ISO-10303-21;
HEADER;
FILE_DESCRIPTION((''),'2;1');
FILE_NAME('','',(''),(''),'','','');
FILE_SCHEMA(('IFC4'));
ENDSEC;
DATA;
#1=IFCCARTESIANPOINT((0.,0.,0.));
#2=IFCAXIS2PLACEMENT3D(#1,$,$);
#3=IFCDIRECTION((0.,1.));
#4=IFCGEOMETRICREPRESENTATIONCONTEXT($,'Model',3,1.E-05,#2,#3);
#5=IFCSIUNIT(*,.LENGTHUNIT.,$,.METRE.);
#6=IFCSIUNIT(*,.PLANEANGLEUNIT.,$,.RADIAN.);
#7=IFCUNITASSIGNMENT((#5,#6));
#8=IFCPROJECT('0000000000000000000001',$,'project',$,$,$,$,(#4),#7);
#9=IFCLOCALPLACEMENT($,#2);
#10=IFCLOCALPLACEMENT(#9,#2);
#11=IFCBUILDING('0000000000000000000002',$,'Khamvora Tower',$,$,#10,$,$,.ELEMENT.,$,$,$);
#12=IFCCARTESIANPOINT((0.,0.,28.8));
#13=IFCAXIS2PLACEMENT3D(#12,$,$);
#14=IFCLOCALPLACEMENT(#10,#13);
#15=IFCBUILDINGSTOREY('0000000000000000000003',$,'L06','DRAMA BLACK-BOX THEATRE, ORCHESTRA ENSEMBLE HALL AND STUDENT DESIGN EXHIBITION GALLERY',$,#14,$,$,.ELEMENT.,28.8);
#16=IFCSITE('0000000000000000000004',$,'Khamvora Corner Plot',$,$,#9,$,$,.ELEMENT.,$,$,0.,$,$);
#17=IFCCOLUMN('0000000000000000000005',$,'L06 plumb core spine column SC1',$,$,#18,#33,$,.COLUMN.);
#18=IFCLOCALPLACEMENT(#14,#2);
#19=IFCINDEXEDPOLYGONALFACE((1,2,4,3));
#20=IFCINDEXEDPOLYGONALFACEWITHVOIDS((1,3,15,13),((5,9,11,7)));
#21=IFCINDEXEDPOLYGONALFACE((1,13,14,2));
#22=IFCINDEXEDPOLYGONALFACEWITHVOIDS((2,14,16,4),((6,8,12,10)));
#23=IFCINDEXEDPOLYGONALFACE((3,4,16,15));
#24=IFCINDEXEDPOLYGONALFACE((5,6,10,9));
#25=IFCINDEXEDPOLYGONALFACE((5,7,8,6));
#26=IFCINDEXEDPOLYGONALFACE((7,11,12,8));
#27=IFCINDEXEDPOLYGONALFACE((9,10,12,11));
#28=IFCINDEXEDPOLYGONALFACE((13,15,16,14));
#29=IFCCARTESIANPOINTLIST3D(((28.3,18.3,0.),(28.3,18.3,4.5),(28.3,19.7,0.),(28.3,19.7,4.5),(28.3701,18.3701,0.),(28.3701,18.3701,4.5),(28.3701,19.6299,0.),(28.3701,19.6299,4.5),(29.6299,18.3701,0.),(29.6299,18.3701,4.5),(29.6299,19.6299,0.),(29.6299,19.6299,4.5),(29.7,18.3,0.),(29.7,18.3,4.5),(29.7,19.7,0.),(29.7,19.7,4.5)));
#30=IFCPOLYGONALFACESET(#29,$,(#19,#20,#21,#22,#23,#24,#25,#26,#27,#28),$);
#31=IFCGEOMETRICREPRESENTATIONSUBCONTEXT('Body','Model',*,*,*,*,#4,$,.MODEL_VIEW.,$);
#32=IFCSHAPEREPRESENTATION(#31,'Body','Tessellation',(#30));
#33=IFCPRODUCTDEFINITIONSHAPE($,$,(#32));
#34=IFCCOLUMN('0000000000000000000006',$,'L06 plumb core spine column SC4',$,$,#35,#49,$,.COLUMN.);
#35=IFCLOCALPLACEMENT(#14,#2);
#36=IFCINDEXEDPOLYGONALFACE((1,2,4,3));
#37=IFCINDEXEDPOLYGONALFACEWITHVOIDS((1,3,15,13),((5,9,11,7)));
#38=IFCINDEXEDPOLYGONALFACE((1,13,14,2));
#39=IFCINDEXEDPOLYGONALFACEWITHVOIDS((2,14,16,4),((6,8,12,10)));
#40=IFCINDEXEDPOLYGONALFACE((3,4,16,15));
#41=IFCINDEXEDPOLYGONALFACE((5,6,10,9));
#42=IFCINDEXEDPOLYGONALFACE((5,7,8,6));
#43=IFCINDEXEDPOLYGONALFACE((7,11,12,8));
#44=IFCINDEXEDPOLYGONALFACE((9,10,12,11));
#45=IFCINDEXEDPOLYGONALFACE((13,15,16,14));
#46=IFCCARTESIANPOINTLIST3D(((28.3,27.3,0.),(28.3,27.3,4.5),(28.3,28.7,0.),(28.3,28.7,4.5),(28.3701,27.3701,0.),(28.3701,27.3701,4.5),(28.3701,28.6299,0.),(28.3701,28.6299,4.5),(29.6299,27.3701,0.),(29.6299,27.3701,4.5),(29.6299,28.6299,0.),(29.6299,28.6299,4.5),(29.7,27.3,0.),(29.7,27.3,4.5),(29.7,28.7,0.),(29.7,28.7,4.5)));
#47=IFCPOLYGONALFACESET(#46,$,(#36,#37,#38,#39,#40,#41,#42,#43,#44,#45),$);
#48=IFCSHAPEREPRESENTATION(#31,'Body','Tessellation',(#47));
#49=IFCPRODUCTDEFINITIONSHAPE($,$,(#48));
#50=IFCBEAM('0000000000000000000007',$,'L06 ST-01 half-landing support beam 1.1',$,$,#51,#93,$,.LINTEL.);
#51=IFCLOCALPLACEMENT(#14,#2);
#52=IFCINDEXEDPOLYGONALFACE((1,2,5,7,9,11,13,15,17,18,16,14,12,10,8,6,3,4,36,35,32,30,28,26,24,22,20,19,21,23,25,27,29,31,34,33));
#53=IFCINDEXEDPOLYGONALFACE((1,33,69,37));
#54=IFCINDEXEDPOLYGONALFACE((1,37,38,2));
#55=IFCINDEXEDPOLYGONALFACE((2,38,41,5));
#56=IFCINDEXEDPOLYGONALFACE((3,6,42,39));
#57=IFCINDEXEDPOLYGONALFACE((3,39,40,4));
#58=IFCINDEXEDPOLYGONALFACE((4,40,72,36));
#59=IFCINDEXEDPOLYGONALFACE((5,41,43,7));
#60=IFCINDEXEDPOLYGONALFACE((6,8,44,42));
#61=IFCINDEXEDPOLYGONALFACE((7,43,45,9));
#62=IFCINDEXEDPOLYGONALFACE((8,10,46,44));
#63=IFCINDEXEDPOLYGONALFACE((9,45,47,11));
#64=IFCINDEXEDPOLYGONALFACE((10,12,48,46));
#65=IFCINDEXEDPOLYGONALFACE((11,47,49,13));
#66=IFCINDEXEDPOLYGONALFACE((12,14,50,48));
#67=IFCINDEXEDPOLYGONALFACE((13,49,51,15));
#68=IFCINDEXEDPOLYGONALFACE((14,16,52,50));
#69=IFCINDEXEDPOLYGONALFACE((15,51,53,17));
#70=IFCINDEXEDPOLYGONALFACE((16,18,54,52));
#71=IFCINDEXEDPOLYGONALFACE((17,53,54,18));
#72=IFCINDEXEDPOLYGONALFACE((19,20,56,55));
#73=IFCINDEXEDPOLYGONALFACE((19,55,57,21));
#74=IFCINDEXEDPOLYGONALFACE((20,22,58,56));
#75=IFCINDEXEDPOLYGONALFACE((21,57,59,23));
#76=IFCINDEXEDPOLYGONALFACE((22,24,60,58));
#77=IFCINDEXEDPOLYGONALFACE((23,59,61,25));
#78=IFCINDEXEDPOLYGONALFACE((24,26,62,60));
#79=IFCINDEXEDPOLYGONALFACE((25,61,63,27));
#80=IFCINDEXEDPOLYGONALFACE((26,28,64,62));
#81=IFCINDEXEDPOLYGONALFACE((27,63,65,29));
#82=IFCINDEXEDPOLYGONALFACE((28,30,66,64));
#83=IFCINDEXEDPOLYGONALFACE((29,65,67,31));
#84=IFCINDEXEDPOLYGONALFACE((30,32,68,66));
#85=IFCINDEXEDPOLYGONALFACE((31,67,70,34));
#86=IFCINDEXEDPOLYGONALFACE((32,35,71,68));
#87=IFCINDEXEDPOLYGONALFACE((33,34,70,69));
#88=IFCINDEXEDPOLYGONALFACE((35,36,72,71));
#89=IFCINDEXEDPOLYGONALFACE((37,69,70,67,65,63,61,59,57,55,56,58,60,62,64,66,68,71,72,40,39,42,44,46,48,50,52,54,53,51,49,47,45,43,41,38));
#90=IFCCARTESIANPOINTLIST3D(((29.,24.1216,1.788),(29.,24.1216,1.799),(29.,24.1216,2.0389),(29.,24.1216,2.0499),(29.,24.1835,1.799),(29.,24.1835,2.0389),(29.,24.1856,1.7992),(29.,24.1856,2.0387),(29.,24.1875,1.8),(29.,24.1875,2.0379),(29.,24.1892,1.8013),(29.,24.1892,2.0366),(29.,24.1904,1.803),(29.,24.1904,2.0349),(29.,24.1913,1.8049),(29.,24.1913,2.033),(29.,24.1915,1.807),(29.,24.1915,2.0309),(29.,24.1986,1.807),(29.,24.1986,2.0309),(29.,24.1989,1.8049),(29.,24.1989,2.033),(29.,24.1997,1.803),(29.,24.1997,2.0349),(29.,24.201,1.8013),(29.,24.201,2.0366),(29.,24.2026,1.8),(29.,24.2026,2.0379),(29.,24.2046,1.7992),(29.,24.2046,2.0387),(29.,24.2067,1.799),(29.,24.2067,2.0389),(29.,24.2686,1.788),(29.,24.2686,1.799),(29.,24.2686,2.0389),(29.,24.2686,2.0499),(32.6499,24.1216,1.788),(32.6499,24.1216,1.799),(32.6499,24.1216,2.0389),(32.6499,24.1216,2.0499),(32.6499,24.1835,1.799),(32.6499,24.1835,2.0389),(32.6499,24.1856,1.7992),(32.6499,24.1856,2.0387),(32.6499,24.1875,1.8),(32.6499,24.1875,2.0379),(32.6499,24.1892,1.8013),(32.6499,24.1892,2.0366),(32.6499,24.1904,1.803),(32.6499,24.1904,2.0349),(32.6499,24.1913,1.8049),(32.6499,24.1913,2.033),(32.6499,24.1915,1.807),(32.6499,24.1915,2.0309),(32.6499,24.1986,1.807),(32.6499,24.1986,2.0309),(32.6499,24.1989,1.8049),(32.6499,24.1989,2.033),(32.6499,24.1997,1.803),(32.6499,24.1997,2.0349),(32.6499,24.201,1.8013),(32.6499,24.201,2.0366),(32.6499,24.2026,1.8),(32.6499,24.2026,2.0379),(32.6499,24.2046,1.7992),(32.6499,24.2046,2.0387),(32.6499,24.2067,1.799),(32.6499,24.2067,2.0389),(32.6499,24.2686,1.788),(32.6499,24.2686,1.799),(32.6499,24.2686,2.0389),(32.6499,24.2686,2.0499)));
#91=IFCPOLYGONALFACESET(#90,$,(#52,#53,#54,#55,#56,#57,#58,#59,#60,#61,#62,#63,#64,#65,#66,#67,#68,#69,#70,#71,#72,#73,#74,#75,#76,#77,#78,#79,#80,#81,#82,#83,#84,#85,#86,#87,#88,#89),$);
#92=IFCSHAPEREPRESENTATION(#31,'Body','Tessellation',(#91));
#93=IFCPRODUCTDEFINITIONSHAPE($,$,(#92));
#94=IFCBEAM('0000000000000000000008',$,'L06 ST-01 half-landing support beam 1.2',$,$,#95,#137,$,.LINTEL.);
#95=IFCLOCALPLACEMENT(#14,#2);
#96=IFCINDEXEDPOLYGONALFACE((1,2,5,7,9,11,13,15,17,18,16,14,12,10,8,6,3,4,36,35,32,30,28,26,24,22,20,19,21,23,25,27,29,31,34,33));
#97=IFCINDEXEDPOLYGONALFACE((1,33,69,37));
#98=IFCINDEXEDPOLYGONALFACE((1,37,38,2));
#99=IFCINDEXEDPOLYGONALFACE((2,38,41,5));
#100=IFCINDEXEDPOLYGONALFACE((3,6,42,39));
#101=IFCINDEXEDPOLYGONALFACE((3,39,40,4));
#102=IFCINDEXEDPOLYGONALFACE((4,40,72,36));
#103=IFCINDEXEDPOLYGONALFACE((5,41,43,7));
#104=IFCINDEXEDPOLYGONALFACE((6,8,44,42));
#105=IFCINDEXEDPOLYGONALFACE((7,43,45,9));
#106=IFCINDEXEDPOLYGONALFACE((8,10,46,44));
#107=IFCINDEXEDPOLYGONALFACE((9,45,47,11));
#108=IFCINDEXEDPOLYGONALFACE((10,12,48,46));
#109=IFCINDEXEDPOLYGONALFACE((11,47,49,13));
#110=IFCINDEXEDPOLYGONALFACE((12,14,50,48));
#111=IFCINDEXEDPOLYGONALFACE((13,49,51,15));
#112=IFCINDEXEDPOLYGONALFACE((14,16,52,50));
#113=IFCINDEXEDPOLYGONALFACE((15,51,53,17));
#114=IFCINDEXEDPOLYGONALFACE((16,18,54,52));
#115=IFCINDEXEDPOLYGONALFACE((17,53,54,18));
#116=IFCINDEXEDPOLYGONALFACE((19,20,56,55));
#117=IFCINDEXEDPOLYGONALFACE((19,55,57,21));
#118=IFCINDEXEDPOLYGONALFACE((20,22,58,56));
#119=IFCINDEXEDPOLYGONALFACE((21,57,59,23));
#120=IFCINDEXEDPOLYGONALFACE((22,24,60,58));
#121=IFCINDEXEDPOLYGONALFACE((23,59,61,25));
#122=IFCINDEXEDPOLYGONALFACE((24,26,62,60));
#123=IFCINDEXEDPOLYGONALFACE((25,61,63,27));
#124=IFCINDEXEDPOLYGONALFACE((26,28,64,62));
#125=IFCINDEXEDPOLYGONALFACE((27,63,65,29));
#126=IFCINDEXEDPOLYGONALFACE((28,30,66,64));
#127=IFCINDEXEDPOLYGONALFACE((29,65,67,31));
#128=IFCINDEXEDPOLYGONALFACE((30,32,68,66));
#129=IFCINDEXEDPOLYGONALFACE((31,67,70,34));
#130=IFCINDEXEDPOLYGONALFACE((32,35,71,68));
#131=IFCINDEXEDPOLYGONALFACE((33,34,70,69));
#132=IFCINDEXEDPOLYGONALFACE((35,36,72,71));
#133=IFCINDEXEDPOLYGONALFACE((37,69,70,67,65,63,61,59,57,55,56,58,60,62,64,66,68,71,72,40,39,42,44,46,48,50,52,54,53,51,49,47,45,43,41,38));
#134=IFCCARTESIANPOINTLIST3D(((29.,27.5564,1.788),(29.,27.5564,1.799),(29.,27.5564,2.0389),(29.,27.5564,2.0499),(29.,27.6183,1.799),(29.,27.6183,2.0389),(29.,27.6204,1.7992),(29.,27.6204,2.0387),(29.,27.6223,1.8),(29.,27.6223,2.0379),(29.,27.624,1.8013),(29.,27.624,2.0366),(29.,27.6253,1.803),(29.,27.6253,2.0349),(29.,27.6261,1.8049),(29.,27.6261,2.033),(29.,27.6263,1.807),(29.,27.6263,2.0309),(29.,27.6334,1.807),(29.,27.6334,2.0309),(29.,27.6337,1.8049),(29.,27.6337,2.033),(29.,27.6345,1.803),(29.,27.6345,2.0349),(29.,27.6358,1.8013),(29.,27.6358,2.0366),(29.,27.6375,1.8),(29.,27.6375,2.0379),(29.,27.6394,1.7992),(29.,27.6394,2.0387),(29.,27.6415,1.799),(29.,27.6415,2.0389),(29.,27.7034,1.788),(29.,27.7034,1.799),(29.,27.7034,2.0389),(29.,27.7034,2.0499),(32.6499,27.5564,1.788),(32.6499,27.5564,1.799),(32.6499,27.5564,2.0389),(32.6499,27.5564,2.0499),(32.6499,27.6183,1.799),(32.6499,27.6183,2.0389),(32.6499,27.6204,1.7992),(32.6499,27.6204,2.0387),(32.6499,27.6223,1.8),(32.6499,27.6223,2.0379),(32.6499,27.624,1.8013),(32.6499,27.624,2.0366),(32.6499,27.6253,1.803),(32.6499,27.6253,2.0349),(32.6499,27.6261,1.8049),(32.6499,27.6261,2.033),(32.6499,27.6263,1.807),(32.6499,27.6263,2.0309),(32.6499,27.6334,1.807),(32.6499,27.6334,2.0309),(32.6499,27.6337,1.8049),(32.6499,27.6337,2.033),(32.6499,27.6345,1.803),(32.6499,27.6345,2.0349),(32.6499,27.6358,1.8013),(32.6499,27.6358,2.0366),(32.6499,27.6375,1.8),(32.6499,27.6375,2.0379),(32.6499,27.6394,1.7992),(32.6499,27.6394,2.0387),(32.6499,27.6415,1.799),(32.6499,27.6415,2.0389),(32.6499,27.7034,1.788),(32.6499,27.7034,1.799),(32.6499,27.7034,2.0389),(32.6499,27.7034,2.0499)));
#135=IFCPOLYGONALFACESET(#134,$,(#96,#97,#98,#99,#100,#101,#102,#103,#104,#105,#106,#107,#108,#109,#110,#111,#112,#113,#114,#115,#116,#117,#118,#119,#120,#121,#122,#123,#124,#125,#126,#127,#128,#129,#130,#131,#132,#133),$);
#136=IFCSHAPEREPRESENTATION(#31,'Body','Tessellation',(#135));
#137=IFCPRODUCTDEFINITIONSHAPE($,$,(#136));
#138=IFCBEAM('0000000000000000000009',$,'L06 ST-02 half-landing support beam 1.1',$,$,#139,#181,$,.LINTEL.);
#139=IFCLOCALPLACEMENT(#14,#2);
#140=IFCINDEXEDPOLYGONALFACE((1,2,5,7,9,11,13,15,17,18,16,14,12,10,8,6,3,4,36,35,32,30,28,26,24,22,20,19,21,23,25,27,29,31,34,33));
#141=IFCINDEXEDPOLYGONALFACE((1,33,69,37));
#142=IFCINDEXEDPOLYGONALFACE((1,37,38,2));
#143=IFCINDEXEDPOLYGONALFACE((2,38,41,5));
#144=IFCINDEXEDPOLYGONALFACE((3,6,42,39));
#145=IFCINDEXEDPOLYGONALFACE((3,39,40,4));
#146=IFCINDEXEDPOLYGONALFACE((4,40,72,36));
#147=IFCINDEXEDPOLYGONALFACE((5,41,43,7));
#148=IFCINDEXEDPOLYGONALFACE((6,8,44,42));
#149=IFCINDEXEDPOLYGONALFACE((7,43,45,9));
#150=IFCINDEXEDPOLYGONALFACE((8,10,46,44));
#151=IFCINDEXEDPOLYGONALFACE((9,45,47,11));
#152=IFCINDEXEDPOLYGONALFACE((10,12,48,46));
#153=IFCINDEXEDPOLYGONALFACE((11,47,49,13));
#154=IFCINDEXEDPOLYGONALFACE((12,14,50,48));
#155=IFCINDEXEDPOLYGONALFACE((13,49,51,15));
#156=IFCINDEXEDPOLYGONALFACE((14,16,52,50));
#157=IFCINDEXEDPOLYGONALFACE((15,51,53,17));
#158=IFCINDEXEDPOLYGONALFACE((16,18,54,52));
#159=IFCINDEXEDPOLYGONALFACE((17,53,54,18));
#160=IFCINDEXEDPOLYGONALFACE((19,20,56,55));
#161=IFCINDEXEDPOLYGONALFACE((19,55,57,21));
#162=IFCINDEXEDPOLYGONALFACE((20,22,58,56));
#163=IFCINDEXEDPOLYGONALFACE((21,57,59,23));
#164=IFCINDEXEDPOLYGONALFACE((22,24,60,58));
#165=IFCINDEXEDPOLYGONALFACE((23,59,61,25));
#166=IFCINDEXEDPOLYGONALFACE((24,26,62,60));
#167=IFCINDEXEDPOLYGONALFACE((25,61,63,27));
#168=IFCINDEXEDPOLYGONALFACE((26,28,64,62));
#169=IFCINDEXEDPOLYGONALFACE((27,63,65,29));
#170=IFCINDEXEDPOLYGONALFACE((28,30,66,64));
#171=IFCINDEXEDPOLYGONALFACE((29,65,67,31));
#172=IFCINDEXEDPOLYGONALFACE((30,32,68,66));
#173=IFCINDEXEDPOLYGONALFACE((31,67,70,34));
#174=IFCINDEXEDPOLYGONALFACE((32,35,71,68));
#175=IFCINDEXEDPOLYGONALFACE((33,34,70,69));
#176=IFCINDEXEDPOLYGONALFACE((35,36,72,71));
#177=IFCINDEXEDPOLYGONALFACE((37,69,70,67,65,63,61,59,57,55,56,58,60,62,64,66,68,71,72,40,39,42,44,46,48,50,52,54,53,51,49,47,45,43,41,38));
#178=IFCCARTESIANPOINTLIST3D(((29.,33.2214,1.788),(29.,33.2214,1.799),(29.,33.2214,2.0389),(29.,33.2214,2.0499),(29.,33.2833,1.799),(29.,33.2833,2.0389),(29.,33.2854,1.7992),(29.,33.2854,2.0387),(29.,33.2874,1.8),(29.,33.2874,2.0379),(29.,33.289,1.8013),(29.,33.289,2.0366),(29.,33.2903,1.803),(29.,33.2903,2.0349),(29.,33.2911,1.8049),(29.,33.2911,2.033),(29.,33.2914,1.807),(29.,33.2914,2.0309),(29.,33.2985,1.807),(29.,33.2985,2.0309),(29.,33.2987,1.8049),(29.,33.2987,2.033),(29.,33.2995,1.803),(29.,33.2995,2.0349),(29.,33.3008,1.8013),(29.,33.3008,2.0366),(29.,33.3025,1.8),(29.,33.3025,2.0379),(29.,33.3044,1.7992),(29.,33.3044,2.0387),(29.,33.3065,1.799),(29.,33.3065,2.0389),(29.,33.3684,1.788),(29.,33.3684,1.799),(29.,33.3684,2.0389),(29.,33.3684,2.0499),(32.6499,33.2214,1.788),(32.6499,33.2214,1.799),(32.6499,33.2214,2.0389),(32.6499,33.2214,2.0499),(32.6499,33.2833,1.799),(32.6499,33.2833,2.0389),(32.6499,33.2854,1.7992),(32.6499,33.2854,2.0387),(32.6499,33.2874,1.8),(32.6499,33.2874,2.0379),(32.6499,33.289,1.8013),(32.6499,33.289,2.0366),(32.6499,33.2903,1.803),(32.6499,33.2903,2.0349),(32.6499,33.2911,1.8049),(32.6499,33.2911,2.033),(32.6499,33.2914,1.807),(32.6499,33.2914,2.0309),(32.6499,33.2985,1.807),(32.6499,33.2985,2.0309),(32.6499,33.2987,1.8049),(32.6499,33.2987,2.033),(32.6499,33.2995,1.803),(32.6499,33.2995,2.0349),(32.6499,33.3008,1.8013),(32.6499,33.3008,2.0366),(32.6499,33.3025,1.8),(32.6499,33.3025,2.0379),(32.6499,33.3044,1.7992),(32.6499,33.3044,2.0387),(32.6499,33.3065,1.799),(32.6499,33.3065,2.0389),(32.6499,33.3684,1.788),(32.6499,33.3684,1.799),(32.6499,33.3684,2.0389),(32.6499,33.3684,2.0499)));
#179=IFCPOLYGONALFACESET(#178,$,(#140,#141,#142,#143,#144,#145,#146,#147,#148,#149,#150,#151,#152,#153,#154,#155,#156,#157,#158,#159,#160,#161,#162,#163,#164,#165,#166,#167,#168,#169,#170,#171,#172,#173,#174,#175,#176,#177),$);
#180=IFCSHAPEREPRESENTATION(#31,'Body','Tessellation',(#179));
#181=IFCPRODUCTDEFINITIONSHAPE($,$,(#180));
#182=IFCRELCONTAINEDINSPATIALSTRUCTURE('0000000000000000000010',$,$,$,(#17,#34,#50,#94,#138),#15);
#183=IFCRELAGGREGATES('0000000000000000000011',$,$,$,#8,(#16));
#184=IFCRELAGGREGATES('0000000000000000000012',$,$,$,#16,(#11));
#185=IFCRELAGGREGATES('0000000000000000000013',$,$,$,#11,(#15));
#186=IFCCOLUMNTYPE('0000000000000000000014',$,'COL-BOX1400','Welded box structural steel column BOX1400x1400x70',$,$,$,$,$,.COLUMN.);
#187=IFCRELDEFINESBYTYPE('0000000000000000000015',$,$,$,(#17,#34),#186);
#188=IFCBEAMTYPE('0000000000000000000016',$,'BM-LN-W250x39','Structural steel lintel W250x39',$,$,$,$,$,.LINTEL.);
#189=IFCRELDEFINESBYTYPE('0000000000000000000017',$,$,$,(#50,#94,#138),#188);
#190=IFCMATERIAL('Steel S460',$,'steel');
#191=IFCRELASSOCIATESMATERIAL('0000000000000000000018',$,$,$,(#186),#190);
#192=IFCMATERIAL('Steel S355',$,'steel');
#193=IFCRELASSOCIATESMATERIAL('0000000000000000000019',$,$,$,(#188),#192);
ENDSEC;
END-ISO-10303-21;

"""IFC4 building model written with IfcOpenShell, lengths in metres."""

from ifc_helpers import new_model, si_unit, direction, frame, origin, origin_2d, place, context, subcontext, project, spatial, hollow_rectangle, i_section, extrude, material, material_profile, profile_set, type_object, element, save


model = new_model("IFC4")

# Units and contexts
model_context = context("Model", 3, precision=1e-05, world=origin(), true_north=direction((0.0, 1.0)))
body_context = subcontext(model_context, "Body", "Model", "MODEL_VIEW")
ifc_project = project(units=[si_unit("LENGTHUNIT", "METRE"), si_unit("PLANEANGLEUNIT", "RADIAN")], contexts=[model_context])

# Site, building, storey
site_placement = place(None, origin())
site = spatial("IfcSite", under=ifc_project, at=site_placement, Name="Khamvora Corner Plot", CompositionType="ELEMENT", RefElevation=0.0)
building_placement = place(site_placement, origin())
building = spatial("IfcBuilding", under=site, at=building_placement, Name="Khamvora Tower", CompositionType="ELEMENT")
storey_placement = place(building_placement, frame((0.0, 0.0, 28.8)))
storey = spatial("IfcBuildingStorey", under=building, at=storey_placement, Name="L06", Description="DRAMA BLACK-BOX THEATRE, ORCHESTRA ENSEMBLE HALL AND STUDENT DESIGN EXHIBITION GALLERY", CompositionType="ELEMENT", Elevation=28.8)

# Columns
ifc_material_1 = material(Name="Steel S460", Category="steel")
ifc_material_profile_1 = material_profile(ifc_material_1, hollow_rectangle(XDim=1.3999, YDim=1.3999, WallThickness=0.0701, at=origin_2d()), Name="BOX1400x1400x70")
ifc_profile_set_1 = profile_set([ifc_material_profile_1], Name="Steel S460")
column_type = type_object("IfcColumnType", Name="COL-BOX1400", Description="Welded box structural steel column BOX1400x1400x70", PredefinedType="COLUMN", material=ifc_profile_set_1)
for number, where, z_axis, x_axis, name in (
    (1, (29.0, 19.0, 0.0), (0.0, 0.0, 1.0), (1.0, 0.0, 0.0), "L06 plumb core spine column SC1"),
    (2, (29.0, 28.0, 0.0), (0.0, 0.0, 1.0), (1.0, 0.0, 0.0), "L06 plumb core spine column SC4"),
):
    element("IfcColumn", number, at=place(storey_placement, frame(where, z_axis=z_axis, x_axis=x_axis)), inside=storey, type_object=column_type, Name=name, PredefinedType="COLUMN", context=body_context, shape_type="SweptSolid", body=[
        extrude(hollow_rectangle(XDim=1.3999, YDim=1.3999, WallThickness=0.0701, at=origin_2d()), origin(), (0.0, 0.0, 1.0), 4.5),
    ])

# Beams
ifc_material_2 = material(Name="Steel S355", Category="steel")
ifc_material_profile_2 = material_profile(ifc_material_2, i_section(OverallWidth=0.147, OverallDepth=0.262, WebThickness=0.0071, FlangeThickness=0.011, FilletRadius=0.0081, at=origin_2d()), Name="W250x39")
ifc_profile_set_2 = profile_set([ifc_material_profile_2], Name="Steel S355")
beam_type_1 = type_object("IfcBeamType", Name="BM-LN-W250x39", Description="Structural steel lintel W250x39", PredefinedType="LINTEL", material=ifc_profile_set_2)
for number, where, z_axis, x_axis, name in (
    (3, (29.0, 24.1951, 1.9189), (1.0, 0.0, 0.0), (0.0, 1.0, 0.0), "L06 ST-01 half-landing support beam 1.1"),
    (4, (29.0, 27.6299, 1.9189), (1.0, 0.0, 0.0), (0.0, 1.0, 0.0), "L06 ST-01 half-landing support beam 1.2"),
    (5, (29.0, 33.2949, 1.9189), (1.0, 0.0, 0.0), (0.0, 1.0, 0.0), "L06 ST-02 half-landing support beam 1.1"),
):
    element("IfcBeam", number, at=place(storey_placement, frame(where, z_axis=z_axis, x_axis=x_axis)), inside=storey, type_object=beam_type_1, Name=name, PredefinedType="LINTEL", context=body_context, shape_type="SweptSolid", body=[
        extrude(i_section(OverallWidth=0.147, OverallDepth=0.262, WebThickness=0.0071, FlangeThickness=0.011, FilletRadius=0.0081, at=origin_2d()), origin(), (0.0, 0.0, 1.0), 3.6499),
    ])

save(model, "model.ifc")
